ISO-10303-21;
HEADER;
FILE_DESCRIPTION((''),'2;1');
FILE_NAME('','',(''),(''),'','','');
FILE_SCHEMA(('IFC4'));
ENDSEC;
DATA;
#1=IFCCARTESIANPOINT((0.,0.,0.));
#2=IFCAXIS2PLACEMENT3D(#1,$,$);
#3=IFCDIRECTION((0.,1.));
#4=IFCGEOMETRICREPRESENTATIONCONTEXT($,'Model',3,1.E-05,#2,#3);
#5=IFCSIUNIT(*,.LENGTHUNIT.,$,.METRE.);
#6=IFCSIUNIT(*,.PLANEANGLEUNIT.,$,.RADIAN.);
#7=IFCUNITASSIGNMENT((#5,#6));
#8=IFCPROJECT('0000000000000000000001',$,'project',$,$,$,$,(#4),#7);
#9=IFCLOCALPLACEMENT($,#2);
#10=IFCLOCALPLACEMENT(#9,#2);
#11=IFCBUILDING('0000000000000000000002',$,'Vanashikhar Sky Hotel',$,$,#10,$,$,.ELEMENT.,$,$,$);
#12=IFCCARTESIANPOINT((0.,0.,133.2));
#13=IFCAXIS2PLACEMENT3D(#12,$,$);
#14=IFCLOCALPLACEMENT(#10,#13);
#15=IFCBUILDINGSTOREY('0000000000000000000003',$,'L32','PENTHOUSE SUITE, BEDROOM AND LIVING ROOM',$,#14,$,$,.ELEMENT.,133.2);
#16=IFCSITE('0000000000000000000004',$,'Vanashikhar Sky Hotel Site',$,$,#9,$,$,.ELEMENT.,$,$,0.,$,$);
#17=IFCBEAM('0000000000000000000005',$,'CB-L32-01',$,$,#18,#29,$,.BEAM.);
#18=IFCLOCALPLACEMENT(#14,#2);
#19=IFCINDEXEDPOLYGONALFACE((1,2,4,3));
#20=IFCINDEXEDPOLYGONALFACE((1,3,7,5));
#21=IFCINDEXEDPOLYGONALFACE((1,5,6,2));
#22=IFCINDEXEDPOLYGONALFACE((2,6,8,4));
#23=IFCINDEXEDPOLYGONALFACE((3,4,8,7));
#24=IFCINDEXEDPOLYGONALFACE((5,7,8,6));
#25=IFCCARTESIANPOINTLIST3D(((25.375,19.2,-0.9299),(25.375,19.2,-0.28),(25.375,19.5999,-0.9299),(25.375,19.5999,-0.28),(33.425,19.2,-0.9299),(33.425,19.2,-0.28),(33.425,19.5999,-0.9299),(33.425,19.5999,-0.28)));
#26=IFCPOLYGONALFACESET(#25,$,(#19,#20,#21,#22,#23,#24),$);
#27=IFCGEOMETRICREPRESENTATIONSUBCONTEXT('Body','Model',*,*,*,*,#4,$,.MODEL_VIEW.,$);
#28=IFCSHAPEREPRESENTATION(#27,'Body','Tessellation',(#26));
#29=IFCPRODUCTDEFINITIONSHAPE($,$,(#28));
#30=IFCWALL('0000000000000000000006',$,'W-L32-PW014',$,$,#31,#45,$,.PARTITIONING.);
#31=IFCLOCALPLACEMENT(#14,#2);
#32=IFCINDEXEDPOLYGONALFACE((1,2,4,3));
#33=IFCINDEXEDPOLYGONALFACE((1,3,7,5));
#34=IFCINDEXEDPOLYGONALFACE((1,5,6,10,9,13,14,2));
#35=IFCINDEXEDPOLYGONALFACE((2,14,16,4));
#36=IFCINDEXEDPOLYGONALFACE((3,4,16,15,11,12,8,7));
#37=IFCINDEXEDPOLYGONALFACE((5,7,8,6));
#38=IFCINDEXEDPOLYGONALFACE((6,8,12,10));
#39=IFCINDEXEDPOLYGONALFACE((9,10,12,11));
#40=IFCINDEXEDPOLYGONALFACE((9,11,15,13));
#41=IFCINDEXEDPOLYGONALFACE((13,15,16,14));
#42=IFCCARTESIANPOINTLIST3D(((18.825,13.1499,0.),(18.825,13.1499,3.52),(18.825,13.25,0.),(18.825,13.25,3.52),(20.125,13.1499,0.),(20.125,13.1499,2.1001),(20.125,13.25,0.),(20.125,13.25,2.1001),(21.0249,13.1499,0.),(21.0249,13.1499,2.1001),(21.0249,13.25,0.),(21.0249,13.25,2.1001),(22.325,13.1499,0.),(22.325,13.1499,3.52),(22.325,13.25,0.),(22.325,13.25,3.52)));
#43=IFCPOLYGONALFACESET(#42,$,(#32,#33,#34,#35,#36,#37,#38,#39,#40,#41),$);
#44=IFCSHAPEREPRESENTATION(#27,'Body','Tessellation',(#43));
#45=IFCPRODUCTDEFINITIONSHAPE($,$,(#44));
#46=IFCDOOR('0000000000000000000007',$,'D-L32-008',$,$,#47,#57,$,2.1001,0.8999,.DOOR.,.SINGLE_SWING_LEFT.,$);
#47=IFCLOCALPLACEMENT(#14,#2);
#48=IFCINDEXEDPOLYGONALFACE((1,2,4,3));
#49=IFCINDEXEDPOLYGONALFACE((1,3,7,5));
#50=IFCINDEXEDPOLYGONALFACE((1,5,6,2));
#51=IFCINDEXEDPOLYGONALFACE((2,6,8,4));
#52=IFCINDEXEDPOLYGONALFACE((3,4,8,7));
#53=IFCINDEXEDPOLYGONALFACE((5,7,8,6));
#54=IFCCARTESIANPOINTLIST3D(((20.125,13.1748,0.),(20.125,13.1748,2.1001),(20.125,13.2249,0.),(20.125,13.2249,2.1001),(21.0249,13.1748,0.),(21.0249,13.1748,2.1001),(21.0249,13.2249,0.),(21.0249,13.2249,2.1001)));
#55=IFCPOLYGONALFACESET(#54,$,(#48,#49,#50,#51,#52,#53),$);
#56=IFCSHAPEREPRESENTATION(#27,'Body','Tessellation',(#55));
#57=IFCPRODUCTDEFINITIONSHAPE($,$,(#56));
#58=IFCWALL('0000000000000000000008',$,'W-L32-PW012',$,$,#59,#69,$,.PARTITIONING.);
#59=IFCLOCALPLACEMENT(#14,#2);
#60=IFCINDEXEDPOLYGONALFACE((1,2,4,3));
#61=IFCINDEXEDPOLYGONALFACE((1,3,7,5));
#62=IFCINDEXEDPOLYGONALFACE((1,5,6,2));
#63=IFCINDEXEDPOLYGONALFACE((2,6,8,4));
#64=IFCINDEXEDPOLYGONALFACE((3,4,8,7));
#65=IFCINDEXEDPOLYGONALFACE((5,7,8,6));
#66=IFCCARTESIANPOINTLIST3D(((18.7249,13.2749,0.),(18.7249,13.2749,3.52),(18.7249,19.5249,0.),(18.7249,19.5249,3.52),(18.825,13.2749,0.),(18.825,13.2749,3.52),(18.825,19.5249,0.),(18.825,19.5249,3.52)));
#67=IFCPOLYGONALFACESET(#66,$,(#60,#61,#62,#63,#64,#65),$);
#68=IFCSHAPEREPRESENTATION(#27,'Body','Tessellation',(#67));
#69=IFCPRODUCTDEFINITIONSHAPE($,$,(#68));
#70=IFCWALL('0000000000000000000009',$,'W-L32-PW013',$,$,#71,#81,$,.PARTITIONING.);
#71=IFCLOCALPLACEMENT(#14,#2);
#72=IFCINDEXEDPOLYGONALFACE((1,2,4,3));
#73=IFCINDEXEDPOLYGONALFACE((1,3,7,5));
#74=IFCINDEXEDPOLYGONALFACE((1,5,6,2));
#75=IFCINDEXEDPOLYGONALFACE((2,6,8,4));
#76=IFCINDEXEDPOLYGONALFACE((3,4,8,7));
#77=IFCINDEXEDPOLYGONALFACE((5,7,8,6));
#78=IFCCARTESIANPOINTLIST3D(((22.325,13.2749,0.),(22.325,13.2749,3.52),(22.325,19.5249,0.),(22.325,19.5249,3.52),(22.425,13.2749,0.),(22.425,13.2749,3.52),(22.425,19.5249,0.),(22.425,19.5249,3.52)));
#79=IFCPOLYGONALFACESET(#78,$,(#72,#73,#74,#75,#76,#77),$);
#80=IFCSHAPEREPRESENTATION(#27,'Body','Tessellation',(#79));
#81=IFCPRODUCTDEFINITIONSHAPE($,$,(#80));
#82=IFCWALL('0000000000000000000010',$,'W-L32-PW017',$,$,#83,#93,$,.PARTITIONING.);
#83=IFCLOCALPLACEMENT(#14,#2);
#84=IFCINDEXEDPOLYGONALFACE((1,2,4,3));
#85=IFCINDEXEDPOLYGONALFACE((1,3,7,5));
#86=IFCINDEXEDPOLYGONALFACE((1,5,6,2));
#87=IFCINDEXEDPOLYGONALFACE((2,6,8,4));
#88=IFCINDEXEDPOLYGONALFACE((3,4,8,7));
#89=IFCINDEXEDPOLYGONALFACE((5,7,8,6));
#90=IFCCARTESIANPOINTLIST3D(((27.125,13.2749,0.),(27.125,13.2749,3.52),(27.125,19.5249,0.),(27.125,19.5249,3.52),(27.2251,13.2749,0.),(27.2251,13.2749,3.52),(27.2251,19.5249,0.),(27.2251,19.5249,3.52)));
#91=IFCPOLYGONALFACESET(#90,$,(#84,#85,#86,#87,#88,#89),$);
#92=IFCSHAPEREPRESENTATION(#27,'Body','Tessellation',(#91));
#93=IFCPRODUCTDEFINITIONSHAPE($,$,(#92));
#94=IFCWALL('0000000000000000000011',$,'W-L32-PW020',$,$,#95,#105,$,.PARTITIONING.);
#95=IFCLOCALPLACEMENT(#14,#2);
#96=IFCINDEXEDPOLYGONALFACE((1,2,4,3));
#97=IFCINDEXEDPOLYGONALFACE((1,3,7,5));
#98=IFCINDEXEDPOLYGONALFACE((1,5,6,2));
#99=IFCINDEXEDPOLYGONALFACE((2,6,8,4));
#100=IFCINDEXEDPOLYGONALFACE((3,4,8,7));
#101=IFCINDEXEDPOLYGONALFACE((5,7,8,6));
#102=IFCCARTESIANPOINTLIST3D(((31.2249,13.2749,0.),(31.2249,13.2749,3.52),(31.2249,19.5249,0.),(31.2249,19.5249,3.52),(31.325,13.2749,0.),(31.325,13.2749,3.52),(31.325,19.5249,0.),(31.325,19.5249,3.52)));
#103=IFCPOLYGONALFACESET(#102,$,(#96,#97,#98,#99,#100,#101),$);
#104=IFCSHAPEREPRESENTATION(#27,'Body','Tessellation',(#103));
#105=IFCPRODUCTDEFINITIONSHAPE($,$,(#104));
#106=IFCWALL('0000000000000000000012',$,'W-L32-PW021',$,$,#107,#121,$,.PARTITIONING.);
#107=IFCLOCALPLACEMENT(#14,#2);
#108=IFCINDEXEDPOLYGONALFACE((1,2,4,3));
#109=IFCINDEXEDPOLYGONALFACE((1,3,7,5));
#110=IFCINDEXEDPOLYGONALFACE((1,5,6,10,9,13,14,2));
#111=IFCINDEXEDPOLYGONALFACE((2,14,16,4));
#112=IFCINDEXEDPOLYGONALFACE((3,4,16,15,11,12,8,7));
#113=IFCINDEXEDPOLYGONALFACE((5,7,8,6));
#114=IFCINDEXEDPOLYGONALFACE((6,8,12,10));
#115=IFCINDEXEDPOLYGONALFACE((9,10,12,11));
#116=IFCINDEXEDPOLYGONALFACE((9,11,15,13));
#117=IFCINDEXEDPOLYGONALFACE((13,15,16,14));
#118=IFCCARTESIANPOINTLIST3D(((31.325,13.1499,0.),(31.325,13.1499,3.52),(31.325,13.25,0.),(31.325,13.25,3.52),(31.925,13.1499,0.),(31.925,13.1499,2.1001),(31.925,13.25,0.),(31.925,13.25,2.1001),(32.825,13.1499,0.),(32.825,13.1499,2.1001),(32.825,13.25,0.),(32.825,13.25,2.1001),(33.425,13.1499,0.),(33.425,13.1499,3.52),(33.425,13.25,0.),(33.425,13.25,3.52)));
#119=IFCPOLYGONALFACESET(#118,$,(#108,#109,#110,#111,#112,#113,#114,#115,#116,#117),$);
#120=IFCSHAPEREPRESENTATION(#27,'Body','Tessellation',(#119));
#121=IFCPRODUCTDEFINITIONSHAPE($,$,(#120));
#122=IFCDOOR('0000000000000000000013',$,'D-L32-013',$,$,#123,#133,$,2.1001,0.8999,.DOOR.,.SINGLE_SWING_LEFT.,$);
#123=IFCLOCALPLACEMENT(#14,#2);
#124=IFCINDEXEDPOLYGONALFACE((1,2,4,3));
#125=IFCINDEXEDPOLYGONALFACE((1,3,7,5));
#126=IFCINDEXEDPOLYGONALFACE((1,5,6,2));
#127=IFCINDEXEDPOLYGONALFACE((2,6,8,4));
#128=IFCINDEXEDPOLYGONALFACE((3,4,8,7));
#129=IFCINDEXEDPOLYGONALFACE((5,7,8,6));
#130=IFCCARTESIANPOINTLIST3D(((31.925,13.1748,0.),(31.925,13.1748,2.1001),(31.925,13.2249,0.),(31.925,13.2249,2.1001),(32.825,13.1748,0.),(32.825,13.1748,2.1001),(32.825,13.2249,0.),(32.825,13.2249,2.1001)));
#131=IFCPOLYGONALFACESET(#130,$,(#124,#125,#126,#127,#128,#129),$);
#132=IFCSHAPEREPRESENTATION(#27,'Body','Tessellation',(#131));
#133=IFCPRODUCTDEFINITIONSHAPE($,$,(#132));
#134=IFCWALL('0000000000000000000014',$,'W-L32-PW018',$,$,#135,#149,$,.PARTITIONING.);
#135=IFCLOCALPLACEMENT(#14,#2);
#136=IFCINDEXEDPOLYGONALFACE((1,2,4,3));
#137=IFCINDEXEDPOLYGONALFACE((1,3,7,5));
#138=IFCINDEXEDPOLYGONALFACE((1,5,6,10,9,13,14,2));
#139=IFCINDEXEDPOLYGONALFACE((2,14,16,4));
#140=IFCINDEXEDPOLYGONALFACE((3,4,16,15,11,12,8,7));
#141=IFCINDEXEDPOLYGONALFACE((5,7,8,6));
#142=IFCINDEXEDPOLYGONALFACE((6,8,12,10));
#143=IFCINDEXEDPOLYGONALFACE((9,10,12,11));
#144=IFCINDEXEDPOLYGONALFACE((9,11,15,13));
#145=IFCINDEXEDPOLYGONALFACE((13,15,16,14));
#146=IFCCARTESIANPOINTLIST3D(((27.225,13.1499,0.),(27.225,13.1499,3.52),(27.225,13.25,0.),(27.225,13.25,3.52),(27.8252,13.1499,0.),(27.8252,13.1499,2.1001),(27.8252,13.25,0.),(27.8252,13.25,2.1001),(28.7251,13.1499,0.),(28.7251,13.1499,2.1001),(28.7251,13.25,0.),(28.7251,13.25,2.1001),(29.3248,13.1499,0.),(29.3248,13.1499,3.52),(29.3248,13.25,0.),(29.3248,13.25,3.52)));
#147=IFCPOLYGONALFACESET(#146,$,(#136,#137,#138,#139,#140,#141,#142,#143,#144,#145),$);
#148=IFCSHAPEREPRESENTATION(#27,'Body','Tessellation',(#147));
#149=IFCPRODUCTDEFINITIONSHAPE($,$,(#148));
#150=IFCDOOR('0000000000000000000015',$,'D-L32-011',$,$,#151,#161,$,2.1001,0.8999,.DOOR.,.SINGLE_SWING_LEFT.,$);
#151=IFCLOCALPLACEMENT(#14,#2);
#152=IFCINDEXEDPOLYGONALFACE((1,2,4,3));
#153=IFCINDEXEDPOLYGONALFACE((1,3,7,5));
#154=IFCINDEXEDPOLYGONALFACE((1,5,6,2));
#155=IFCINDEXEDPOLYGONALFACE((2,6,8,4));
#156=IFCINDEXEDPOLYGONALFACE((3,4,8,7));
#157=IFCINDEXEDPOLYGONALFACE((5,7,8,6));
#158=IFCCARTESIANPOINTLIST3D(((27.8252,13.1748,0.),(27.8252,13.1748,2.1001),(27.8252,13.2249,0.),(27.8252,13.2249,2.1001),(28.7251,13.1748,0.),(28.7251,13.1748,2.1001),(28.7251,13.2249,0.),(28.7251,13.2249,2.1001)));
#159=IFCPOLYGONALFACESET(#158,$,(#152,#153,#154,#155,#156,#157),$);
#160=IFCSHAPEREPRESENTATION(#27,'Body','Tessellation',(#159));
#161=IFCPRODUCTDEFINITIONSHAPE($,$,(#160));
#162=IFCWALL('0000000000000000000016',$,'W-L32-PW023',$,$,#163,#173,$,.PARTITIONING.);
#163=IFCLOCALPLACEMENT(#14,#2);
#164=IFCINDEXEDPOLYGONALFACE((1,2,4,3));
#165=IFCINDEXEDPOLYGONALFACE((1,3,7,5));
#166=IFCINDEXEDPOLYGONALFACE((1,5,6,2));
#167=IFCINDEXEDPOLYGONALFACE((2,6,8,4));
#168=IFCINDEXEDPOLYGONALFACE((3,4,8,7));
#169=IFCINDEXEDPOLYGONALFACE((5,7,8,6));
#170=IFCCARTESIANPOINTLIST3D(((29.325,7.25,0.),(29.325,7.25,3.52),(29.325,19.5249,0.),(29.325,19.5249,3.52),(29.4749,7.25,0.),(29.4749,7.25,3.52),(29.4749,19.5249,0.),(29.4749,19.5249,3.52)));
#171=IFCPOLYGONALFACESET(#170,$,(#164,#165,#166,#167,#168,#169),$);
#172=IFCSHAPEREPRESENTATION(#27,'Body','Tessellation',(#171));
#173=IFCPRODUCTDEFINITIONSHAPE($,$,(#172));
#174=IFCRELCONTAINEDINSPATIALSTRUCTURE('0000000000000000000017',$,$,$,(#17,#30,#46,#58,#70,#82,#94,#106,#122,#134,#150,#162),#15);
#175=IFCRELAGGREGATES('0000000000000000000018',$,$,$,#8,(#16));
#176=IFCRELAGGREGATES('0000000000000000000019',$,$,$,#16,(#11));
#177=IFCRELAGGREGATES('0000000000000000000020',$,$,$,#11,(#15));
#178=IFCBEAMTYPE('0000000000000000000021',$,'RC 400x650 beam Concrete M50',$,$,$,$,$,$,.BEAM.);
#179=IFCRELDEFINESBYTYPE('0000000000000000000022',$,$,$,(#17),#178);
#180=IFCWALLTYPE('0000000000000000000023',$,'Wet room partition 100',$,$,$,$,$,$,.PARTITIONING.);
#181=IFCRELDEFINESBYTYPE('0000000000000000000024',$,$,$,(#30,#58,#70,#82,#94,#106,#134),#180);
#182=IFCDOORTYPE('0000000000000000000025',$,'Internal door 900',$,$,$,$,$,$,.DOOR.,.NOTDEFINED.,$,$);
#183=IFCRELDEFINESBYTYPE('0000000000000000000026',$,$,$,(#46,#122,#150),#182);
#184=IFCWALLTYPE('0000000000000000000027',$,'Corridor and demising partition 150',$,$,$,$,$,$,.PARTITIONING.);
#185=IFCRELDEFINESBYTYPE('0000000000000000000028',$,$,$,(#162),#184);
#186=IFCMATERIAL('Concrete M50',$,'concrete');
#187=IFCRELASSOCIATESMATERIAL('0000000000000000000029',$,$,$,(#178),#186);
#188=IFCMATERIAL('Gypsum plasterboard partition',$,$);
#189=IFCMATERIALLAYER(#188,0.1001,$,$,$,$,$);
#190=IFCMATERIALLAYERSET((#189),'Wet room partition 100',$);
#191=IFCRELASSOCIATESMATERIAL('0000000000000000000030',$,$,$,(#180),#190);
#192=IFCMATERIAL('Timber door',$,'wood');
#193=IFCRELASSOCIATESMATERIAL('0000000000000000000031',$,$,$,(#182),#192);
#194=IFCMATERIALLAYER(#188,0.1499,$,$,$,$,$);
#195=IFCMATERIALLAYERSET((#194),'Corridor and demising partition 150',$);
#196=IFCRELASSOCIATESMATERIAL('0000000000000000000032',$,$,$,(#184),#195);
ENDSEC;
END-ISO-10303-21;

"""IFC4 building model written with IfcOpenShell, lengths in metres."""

from ifc_helpers import new_model, si_unit, direction, frame, frame_2d, origin, origin_2d, place, context, subcontext, project, spatial, rectangle, extrude, source, transform, mapped, material, layer, layer_set, material_profile, profile_set, type_object, element, fill, save


model = new_model("IFC4")

# Units and contexts
model_context = context("Model", 3, precision=1e-05, world=origin(), true_north=direction((0.0, 1.0)))
body_context = subcontext(model_context, "Body", "Model", "MODEL_VIEW")
ifc_project = project(units=[si_unit("LENGTHUNIT", "METRE"), si_unit("PLANEANGLEUNIT", "RADIAN")], contexts=[model_context])

# Site, building, storey
site_placement = place(None, origin())
site = spatial("IfcSite", under=ifc_project, at=site_placement, Name="Vanashikhar Sky Hotel Site", CompositionType="ELEMENT", RefElevation=0.0)
building_placement = place(site_placement, origin())
building = spatial("IfcBuilding", under=site, at=building_placement, Name="Vanashikhar Sky Hotel", CompositionType="ELEMENT")
storey_placement = place(building_placement, frame((0.0, 0.0, 133.2)))
storey = spatial("IfcBuildingStorey", under=building, at=storey_placement, Name="L32", Description="PENTHOUSE SUITE, BEDROOM AND LIVING ROOM", CompositionType="ELEMENT", Elevation=133.2)

# Beam
ifc_material_1 = material(Name="Concrete M50", Category="concrete")
ifc_material_profile = material_profile(ifc_material_1, rectangle(XDim=0.3999, YDim=0.6499, at=origin_2d()))
ifc_profile_set = profile_set([ifc_material_profile], Name="RC 400x650 beam Concrete M50")
beam_type = type_object("IfcBeamType", Name="RC 400x650 beam Concrete M50", PredefinedType="BEAM", material=ifc_profile_set)
shared_shape_1 = source(origin(), body_context, "Body", "SweptSolid", [
    extrude(rectangle(XDim=0.3999, YDim=0.6499, at=origin_2d()), origin(), (0.0, 0.0, 1.0), 8.05),
])
beam_placement = place(storey_placement, frame((25.375, 19.3999, -0.605), z_axis=(1.0, 0.0, 0.0), x_axis=(0.0, 1.0, 0.0)))
element("IfcBeam", 1, at=beam_placement, inside=storey, type_object=beam_type, Name="CB-L32-01", PredefinedType="BEAM", context=body_context, shape_type="MappedRepresentation", body=[
    mapped(shared_shape_1, transform((0.0, 0.0, 0.0), scale=1.0)),
])

# Wall, opening, door
ifc_material_2 = material(Name="Gypsum plasterboard partition")
ifc_layer_1 = layer(ifc_material_2, 0.1001)
ifc_layer_set_1 = layer_set([ifc_layer_1], Name="Wet room partition 100")
wall_type_1 = type_object("IfcWallType", Name="Wet room partition 100", PredefinedType="PARTITIONING", material=ifc_layer_set_1)
shared_shape_2 = source(origin(), body_context, "Body", "SweptSolid", [
    extrude(rectangle(XDim=3.5, YDim=0.1001, at=frame_2d((1.75, 0.0))), origin(), (0.0, 0.0, 1.0), 3.52),
])
wall_1_placement = place(storey_placement, frame((18.825, 13.2, 0.0), z_axis=(0.0, 0.0, 1.0), x_axis=(1.0, 0.0, 0.0)))
wall_1 = element("IfcWall", 2, at=wall_1_placement, inside=storey, type_object=wall_type_1, Name="W-L32-PW014", PredefinedType="PARTITIONING", context=body_context, shape_type="MappedRepresentation", body=[
    mapped(shared_shape_2, transform((0.0, 0.0, 0.0), scale=1.0)),
])
shared_shape_3 = source(origin(), body_context, "Body", "SweptSolid", [
    extrude(rectangle(XDim=0.8999, YDim=2.1001, at=frame_2d((0.45, 1.05))), frame((0.0, 0.0601, 0.0), z_axis=(0.0, -1.0, 0.0), x_axis=(1.0, 0.0, 0.0)), (0.0, 0.0, 1.0), 0.1201),
])
opening_1_placement = place(wall_1_placement, frame((1.3, 0.0, 0.0)))
opening_1 = element("IfcOpeningElement", 3, at=opening_1_placement, cuts=wall_1, PredefinedType="OPENING", context=body_context, shape_type="MappedRepresentation", body=[
    mapped(shared_shape_3, transform((0.0, 0.0, 0.0), scale=1.0)),
])
ifc_material_3 = material(Name="Timber door", Category="wood")
door_type_1 = type_object("IfcDoorType", Name="Internal door 900", OperationType="NOTDEFINED", PredefinedType="DOOR", material=ifc_material_3)
shared_shape_4 = source(origin(), body_context, "Body", "SweptSolid", [
    extrude(rectangle(XDim=0.8999, YDim=2.1001, at=frame_2d((0.45, 1.05))), frame((0.0, 0.0249, 0.0), z_axis=(0.0, -1.0, 0.0), x_axis=(1.0, 0.0, 0.0)), (0.0, 0.0, 1.0), 0.05),
])
door_1_placement = place(opening_1_placement, origin())
door_1 = element("IfcDoor", 4, at=door_1_placement, inside=storey, type_object=door_type_1, Name="D-L32-008", OperationType="SINGLE_SWING_LEFT", OverallHeight=2.1001, OverallWidth=0.8999, PredefinedType="DOOR", context=body_context, shape_type="MappedRepresentation", body=[
    mapped(shared_shape_4, transform((0.0, 0.0, 0.0), scale=1.0)),
])
fill(opening_1, door_1)

# Walls
shared_shape_5 = source(origin(), body_context, "Body", "SweptSolid", [
    extrude(rectangle(XDim=6.25, YDim=0.1001, at=frame_2d((3.125, 0.0))), origin(), (0.0, 0.0, 1.0), 3.52),
])
for number, where, z_axis, x_axis, name in (
    (5, (18.7749, 13.2749, 0.0), (0.0, 0.0, 1.0), (0.0, 1.0, 0.0), "W-L32-PW012"),
    (6, (22.375, 13.2749, 0.0), (0.0, 0.0, 1.0), (0.0, 1.0, 0.0), "W-L32-PW013"),
    (7, (27.175, 13.2749, 0.0), (0.0, 0.0, 1.0), (0.0, 1.0, 0.0), "W-L32-PW017"),
    (8, (31.2749, 13.2749, 0.0), (0.0, 0.0, 1.0), (0.0, 1.0, 0.0), "W-L32-PW020"),
):
    element("IfcWall", number, at=place(storey_placement, frame(where, z_axis=z_axis, x_axis=x_axis)), inside=storey, type_object=wall_type_1, Name=name, PredefinedType="PARTITIONING", context=body_context, shape_type="MappedRepresentation", body=[
        mapped(shared_shape_5, transform((0.0, 0.0, 0.0), scale=1.0)),
    ])

# Walls, openings, doors
shared_shape_6 = source(origin(), body_context, "Body", "SweptSolid", [
    extrude(rectangle(XDim=2.1001, YDim=0.1001, at=frame_2d((1.05, 0.0))), origin(), (0.0, 0.0, 1.0), 3.52),
])
wall_2_placement = place(storey_placement, frame((31.325, 13.2, 0.0), z_axis=(0.0, 0.0, 1.0), x_axis=(1.0, 0.0, 0.0)))
wall_2 = element("IfcWall", 9, at=wall_2_placement, inside=storey, type_object=wall_type_1, Name="W-L32-PW021", PredefinedType="PARTITIONING", context=body_context, shape_type="MappedRepresentation", body=[
    mapped(shared_shape_6, transform((0.0, 0.0, 0.0), scale=1.0)),
])
opening_2_placement = place(wall_2_placement, frame((0.6001, 0.0, 0.0)))
opening_2 = element("IfcOpeningElement", 10, at=opening_2_placement, cuts=wall_2, PredefinedType="OPENING", context=body_context, shape_type="MappedRepresentation", body=[
    mapped(shared_shape_3, transform((0.0, 0.0, 0.0), scale=1.0)),
])
door_2_placement = place(opening_2_placement, origin())
door_2 = element("IfcDoor", 11, at=door_2_placement, inside=storey, type_object=door_type_1, Name="D-L32-013", OperationType="SINGLE_SWING_LEFT", OverallHeight=2.1001, OverallWidth=0.8999, PredefinedType="DOOR", context=body_context, shape_type="MappedRepresentation", body=[
    mapped(shared_shape_4, transform((0.0, 0.0, 0.0), scale=1.0)),
])
fill(opening_2, door_2)
shared_shape_7 = source(origin(), body_context, "Body", "SweptSolid", [
    extrude(rectangle(XDim=2.0999, YDim=0.1001, at=frame_2d((1.0498, 0.0))), origin(), (0.0, 0.0, 1.0), 3.52),
])
wall_3_placement = place(storey_placement, frame((27.2251, 13.2, 0.0), z_axis=(0.0, 0.0, 1.0), x_axis=(1.0, 0.0, 0.0)))
wall_3 = element("IfcWall", 12, at=wall_3_placement, inside=storey, type_object=wall_type_1, Name="W-L32-PW018", PredefinedType="PARTITIONING", context=body_context, shape_type="MappedRepresentation", body=[
    mapped(shared_shape_7, transform((0.0, 0.0, 0.0), scale=1.0)),
])
opening_3_placement = place(wall_3_placement, frame((0.6001, 0.0, 0.0)))
opening_3 = element("IfcOpeningElement", 13, at=opening_3_placement, cuts=wall_3, PredefinedType="OPENING", context=body_context, shape_type="MappedRepresentation", body=[
    mapped(shared_shape_3, transform((0.0, 0.0, 0.0), scale=1.0)),
])
door_3_placement = place(opening_3_placement, origin())
door_3 = element("IfcDoor", 14, at=door_3_placement, inside=storey, type_object=door_type_1, Name="D-L32-011", OperationType="SINGLE_SWING_LEFT", OverallHeight=2.1001, OverallWidth=0.8999, PredefinedType="DOOR", context=body_context, shape_type="MappedRepresentation", body=[
    mapped(shared_shape_4, transform((0.0, 0.0, 0.0), scale=1.0)),
])
fill(opening_3, door_3)

# Wall
ifc_layer_2 = layer(ifc_material_2, 0.1499)
ifc_layer_set_2 = layer_set([ifc_layer_2], Name="Corridor and demising partition 150")
wall_type_2 = type_object("IfcWallType", Name="Corridor and demising partition 150", PredefinedType="PARTITIONING", material=ifc_layer_set_2)
shared_shape_8 = source(origin(), body_context, "Body", "SweptSolid", [
    extrude(rectangle(XDim=12.2749, YDim=0.1499, at=frame_2d((6.1375, 0.0))), origin(), (0.0, 0.0, 1.0), 3.52),
])
wall_4_placement = place(storey_placement, frame((29.3999, 7.25, 0.0), z_axis=(0.0, 0.0, 1.0), x_axis=(0.0, 1.0, 0.0)))
element("IfcWall", 15, at=wall_4_placement, inside=storey, type_object=wall_type_2, Name="W-L32-PW023", PredefinedType="PARTITIONING", context=body_context, shape_type="MappedRepresentation", body=[
    mapped(shared_shape_8, transform((0.0, 0.0, 0.0), scale=1.0)),
])

save(model, "model.ifc")
